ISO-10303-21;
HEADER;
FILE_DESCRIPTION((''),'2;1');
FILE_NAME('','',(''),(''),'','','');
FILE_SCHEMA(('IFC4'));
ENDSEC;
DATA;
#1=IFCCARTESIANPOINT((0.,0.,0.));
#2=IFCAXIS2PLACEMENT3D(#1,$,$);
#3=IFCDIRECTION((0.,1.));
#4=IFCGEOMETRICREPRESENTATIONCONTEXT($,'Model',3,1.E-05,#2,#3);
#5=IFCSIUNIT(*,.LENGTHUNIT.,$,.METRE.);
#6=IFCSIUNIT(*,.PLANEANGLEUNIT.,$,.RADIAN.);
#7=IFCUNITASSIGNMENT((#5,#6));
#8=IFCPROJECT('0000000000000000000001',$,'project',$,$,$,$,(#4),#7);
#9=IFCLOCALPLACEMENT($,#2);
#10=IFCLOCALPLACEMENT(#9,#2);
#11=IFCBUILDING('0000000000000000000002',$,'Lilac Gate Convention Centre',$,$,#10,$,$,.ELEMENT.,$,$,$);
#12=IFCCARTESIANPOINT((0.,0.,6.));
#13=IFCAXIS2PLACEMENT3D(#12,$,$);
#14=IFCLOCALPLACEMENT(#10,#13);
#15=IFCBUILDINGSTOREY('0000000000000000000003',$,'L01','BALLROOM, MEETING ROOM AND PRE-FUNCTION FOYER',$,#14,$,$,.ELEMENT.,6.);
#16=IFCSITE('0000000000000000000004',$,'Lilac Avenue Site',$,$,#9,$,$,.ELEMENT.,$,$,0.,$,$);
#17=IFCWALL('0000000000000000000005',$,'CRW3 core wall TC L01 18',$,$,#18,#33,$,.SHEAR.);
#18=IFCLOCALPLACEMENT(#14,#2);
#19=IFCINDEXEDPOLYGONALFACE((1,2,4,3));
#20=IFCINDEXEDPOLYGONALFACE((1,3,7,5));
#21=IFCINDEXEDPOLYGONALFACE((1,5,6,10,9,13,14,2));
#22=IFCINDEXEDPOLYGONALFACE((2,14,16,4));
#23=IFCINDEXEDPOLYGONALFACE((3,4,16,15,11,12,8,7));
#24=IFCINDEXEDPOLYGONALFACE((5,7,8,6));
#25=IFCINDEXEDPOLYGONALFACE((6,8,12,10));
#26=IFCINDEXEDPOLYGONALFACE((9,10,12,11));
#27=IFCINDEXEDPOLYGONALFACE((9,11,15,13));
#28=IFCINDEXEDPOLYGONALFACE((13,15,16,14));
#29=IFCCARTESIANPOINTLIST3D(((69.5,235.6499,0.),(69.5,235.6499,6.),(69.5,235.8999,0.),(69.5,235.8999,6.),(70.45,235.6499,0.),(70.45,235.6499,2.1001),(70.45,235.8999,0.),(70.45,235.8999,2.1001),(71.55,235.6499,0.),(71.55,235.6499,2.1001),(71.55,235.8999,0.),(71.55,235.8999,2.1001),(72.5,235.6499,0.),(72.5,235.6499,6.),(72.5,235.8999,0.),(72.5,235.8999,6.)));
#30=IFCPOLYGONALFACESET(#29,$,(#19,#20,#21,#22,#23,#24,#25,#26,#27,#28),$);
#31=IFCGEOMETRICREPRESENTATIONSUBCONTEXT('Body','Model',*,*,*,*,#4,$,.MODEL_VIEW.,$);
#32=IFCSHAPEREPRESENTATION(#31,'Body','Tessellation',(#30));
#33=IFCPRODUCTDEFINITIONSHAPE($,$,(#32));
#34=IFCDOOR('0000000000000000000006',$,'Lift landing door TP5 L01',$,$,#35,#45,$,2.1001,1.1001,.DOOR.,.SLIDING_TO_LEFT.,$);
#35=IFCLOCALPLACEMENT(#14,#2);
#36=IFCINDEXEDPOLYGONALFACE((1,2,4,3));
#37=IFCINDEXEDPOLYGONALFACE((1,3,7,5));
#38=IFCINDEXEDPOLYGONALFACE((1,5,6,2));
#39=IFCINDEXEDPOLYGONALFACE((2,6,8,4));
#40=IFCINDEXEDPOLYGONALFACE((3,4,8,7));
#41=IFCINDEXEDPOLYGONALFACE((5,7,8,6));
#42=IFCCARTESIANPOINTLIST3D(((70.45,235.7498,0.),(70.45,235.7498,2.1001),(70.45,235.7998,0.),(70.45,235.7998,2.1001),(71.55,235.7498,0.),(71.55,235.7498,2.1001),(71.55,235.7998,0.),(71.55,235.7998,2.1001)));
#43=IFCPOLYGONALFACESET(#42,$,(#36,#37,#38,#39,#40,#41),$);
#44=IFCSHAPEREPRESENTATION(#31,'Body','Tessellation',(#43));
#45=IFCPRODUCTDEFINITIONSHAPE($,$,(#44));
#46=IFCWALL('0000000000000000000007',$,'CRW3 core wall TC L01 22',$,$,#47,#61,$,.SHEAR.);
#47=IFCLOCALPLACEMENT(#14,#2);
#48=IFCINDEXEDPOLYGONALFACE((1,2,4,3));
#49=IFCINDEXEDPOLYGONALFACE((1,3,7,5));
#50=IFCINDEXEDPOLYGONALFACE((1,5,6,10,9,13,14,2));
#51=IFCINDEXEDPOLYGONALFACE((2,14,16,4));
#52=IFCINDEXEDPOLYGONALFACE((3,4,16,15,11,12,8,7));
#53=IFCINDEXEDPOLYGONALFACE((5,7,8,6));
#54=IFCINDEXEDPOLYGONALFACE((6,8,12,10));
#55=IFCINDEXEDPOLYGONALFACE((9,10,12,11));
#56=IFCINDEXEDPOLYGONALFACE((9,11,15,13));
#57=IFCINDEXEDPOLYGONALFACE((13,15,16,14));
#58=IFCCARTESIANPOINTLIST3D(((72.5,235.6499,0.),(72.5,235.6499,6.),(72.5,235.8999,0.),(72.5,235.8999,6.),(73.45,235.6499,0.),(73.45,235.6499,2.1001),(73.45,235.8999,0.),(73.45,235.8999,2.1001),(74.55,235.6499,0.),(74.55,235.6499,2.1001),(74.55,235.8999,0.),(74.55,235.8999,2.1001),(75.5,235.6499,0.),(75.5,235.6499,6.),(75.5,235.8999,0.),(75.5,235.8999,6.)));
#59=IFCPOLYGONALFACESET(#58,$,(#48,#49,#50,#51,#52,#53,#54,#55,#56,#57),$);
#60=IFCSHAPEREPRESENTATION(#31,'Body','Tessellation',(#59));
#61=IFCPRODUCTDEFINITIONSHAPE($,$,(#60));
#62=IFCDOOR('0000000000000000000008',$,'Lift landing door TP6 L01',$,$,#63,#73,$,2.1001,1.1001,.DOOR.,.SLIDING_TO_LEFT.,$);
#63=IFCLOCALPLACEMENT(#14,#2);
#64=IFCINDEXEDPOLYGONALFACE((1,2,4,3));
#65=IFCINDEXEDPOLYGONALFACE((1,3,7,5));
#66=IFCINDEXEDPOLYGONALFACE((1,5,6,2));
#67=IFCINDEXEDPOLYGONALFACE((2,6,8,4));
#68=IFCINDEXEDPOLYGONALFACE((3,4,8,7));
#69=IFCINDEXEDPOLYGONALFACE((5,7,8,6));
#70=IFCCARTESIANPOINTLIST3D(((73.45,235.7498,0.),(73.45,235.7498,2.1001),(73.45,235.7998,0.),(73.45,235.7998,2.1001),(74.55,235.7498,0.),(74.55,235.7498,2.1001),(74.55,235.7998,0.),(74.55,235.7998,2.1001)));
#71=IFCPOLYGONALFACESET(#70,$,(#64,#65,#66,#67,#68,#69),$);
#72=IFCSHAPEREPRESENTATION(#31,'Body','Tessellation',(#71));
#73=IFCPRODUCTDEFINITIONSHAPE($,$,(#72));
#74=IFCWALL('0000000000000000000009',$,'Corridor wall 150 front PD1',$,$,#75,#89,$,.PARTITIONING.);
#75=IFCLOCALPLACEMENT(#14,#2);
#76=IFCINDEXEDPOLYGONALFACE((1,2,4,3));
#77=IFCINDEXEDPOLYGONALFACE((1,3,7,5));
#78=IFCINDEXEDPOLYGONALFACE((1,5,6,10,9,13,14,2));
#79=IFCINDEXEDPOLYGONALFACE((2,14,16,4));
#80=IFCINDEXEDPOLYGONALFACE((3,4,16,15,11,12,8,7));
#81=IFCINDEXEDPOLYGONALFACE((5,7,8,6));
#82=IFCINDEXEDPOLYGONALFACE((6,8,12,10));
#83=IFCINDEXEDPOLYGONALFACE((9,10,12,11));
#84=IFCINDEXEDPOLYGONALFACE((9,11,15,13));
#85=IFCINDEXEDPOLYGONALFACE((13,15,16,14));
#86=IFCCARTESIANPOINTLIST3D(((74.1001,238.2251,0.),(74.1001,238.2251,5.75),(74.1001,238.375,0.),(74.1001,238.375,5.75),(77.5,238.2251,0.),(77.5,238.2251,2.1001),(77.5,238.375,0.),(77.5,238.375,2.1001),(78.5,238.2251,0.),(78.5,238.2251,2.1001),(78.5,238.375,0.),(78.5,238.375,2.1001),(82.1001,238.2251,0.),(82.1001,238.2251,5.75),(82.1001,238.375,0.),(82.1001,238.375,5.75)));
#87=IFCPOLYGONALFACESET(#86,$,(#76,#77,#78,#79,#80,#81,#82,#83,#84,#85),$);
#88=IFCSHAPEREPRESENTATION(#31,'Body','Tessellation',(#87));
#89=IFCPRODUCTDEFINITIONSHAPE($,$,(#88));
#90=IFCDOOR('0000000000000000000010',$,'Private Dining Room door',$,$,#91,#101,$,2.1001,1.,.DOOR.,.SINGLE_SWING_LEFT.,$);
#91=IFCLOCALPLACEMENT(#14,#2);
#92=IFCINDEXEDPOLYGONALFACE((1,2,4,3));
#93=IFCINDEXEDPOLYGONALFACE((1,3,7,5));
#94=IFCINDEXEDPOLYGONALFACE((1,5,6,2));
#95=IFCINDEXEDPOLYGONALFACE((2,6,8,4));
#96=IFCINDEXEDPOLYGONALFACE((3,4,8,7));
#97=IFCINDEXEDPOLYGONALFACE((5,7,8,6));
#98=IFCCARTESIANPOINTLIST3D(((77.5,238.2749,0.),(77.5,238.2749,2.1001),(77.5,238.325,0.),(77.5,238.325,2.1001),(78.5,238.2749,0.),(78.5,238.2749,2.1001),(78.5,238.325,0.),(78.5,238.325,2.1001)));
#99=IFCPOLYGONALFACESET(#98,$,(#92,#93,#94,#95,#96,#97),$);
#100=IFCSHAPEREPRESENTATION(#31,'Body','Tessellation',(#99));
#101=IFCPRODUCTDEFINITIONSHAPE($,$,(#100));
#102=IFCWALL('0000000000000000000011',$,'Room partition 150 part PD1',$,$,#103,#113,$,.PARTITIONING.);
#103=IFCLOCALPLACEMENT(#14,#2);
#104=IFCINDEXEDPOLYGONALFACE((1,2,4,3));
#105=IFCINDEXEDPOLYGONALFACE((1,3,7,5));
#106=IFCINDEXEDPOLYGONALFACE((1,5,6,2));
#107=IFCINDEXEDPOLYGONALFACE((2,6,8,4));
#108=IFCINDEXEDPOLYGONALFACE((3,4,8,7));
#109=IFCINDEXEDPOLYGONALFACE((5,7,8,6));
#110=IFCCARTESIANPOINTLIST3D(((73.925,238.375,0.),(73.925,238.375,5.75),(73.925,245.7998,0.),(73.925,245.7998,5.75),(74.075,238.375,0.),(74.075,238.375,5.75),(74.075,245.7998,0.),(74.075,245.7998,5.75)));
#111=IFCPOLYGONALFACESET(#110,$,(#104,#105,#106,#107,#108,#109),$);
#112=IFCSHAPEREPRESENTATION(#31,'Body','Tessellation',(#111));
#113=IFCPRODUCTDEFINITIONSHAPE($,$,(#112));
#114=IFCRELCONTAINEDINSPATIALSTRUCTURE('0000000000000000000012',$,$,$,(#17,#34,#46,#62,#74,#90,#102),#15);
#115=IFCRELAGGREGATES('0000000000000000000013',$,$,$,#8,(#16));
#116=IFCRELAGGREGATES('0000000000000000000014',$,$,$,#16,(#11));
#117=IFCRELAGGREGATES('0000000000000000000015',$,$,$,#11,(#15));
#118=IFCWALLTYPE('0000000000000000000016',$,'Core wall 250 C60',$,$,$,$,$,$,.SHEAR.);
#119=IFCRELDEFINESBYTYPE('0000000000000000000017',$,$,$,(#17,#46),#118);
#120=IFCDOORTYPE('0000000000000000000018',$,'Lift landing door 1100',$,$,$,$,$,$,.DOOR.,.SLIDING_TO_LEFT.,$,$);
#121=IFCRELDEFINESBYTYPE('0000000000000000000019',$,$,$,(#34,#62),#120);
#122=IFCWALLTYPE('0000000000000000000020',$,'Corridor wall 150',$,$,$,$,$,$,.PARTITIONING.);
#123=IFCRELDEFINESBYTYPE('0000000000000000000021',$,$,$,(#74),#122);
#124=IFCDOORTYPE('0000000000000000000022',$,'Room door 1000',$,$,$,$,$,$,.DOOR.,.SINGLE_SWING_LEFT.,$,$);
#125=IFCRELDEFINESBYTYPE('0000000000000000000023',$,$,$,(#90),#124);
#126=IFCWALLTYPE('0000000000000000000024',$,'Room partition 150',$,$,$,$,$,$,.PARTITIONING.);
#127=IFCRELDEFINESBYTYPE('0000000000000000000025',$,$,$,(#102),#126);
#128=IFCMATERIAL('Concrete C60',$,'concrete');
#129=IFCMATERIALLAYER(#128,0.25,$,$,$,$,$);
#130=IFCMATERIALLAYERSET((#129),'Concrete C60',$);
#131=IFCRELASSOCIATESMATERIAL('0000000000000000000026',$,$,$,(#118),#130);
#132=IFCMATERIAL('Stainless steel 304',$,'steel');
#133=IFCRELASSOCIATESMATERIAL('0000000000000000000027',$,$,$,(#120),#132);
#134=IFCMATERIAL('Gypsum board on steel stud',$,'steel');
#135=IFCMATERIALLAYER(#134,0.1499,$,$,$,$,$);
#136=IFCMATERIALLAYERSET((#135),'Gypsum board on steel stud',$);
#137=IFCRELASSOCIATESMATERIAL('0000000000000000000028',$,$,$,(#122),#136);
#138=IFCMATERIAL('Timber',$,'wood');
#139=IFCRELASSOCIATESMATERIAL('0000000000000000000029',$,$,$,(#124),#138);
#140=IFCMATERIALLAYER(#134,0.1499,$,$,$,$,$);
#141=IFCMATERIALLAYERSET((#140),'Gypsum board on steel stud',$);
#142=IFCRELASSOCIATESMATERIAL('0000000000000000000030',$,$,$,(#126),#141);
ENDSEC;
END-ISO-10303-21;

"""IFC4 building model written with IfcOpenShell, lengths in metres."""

from ifc_helpers import new_model, si_unit, direction, frame, frame_2d, origin, place, context, subcontext, project, spatial, rectangle, extrude, material, layer, layer_set, type_object, element, fill, save


model = new_model("IFC4")

# Units and contexts
model_context = context("Model", 3, precision=1e-05, world=origin(), true_north=direction((0.0, 1.0)))
body_context = subcontext(model_context, "Body", "Model", "MODEL_VIEW")
ifc_project = project(units=[si_unit("LENGTHUNIT", "METRE"), si_unit("PLANEANGLEUNIT", "RADIAN")], contexts=[model_context])

# Site, building, storey
site_placement = place(None, origin())
site = spatial("IfcSite", under=ifc_project, at=site_placement, Name="Lilac Avenue Site", CompositionType="ELEMENT", RefElevation=0.0)
building_placement = place(site_placement, origin())
building = spatial("IfcBuilding", under=site, at=building_placement, Name="Lilac Gate Convention Centre", CompositionType="ELEMENT")
storey_placement = place(building_placement, frame((0.0, 0.0, 6.0)))
storey = spatial("IfcBuildingStorey", under=building, at=storey_placement, Name="L01", Description="BALLROOM, MEETING ROOM AND PRE-FUNCTION FOYER", CompositionType="ELEMENT", Elevation=6.0)

# Walls, openings, doors
ifc_material_1 = material(Name="Concrete C60", Category="concrete")
ifc_layer_1 = layer(ifc_material_1, 0.25)
ifc_layer_set_1 = layer_set([ifc_layer_1], Name="Concrete C60")
wall_type_1 = type_object("IfcWallType", Name="Core wall 250 C60", PredefinedType="SHEAR", material=ifc_layer_set_1)
wall_1_placement = place(storey_placement, frame((69.5, 235.7749, 0.0), z_axis=(0.0, 0.0, 1.0), x_axis=(1.0, 0.0, 0.0)))
wall_1 = element("IfcWall", 1, at=wall_1_placement, inside=storey, type_object=wall_type_1, Name="CRW3 core wall TC L01 18", PredefinedType="SHEAR", context=body_context, shape_type="SweptSolid", body=[
    extrude(rectangle(XDim=3.0, YDim=0.25, at=frame_2d((1.5, 0.0))), origin(), (0.0, 0.0, 1.0), 6.0),
])
opening_1_placement = place(wall_1_placement, frame((0.95, 0.0, 0.0)))
opening_1 = element("IfcOpeningElement", 2, at=opening_1_placement, cuts=wall_1, PredefinedType="OPENING", context=body_context, shape_type="SweptSolid", body=[
    extrude(rectangle(XDim=1.1001, YDim=2.1001, at=frame_2d((0.55, 1.05))), frame((0.0, 0.135, 0.0), z_axis=(0.0, -1.0, 0.0), x_axis=(1.0, 0.0, 0.0)), (0.0, 0.0, 1.0), 0.27),
])
ifc_material_2 = material(Name="Stainless steel 304", Category="steel")
door_type_1 = type_object("IfcDoorType", Name="Lift landing door 1100", OperationType="SLIDING_TO_LEFT", PredefinedType="DOOR", material=ifc_material_2)
door_1_placement = place(opening_1_placement, origin())
door_1 = element("IfcDoor", 3, at=door_1_placement, inside=storey, type_object=door_type_1, Name="Lift landing door TP5 L01", OperationType="SLIDING_TO_LEFT", OverallHeight=2.1001, OverallWidth=1.1001, PredefinedType="DOOR", context=body_context, shape_type="SweptSolid", body=[
    extrude(rectangle(XDim=1.1001, YDim=2.1001, at=frame_2d((0.55, 1.05))), frame((0.0, 0.0249, 0.0), z_axis=(0.0, -1.0, 0.0), x_axis=(1.0, 0.0, 0.0)), (0.0, 0.0, 1.0), 0.05),
])
fill(opening_1, door_1)
wall_2_placement = place(storey_placement, frame((72.5, 235.7749, 0.0), z_axis=(0.0, 0.0, 1.0), x_axis=(1.0, 0.0, 0.0)))
wall_2 = element("IfcWall", 4, at=wall_2_placement, inside=storey, type_object=wall_type_1, Name="CRW3 core wall TC L01 22", PredefinedType="SHEAR", context=body_context, shape_type="SweptSolid", body=[
    extrude(rectangle(XDim=3.0, YDim=0.25, at=frame_2d((1.5, 0.0))), origin(), (0.0, 0.0, 1.0), 6.0),
])
opening_2_placement = place(wall_2_placement, frame((0.95, 0.0, 0.0)))
opening_2 = element("IfcOpeningElement", 5, at=opening_2_placement, cuts=wall_2, PredefinedType="OPENING", context=body_context, shape_type="SweptSolid", body=[
    extrude(rectangle(XDim=1.1001, YDim=2.1001, at=frame_2d((0.55, 1.05))), frame((0.0, 0.135, 0.0), z_axis=(0.0, -1.0, 0.0), x_axis=(1.0, 0.0, 0.0)), (0.0, 0.0, 1.0), 0.27),
])
door_2_placement = place(opening_2_placement, origin())
door_2 = element("IfcDoor", 6, at=door_2_placement, inside=storey, type_object=door_type_1, Name="Lift landing door TP6 L01", OperationType="SLIDING_TO_LEFT", OverallHeight=2.1001, OverallWidth=1.1001, PredefinedType="DOOR", context=body_context, shape_type="SweptSolid", body=[
    extrude(rectangle(XDim=1.1001, YDim=2.1001, at=frame_2d((0.55, 1.05))), frame((0.0, 0.0249, 0.0), z_axis=(0.0, -1.0, 0.0), x_axis=(1.0, 0.0, 0.0)), (0.0, 0.0, 1.0), 0.05),
])
fill(opening_2, door_2)
ifc_material_3 = material(Name="Gypsum board on steel stud", Category="steel")
ifc_layer_2 = layer(ifc_material_3, 0.1499)
ifc_layer_set_2 = layer_set([ifc_layer_2], Name="Gypsum board on steel stud")
wall_type_2 = type_object("IfcWallType", Name="Corridor wall 150", PredefinedType="PARTITIONING", material=ifc_layer_set_2)
wall_3_placement = place(storey_placement, frame((74.1001, 238.3, 0.0), z_axis=(0.0, 0.0, 1.0), x_axis=(1.0, 0.0, 0.0)))
wall_3 = element("IfcWall", 7, at=wall_3_placement, inside=storey, type_object=wall_type_2, Name="Corridor wall 150 front PD1", PredefinedType="PARTITIONING", context=body_context, shape_type="SweptSolid", body=[
    extrude(rectangle(XDim=8.0, YDim=0.1499, at=frame_2d((4.0, 0.0))), origin(), (0.0, 0.0, 1.0), 5.75),
])
opening_3_placement = place(wall_3_placement, frame((3.3999, 0.0, 0.0)))
opening_3 = element("IfcOpeningElement", 8, at=opening_3_placement, cuts=wall_3, PredefinedType="OPENING", context=body_context, shape_type="SweptSolid", body=[
    extrude(rectangle(XDim=1.0, YDim=2.1001, at=frame_2d((0.5, 1.05))), frame((0.0, 0.085, 0.0), z_axis=(0.0, -1.0, 0.0), x_axis=(1.0, 0.0, 0.0)), (0.0, 0.0, 1.0), 0.1699),
])
ifc_material_4 = material(Name="Timber", Category="wood")
door_type_2 = type_object("IfcDoorType", Name="Room door 1000", OperationType="SINGLE_SWING_LEFT", PredefinedType="DOOR", material=ifc_material_4)
door_3_placement = place(opening_3_placement, origin())
door_3 = element("IfcDoor", 9, at=door_3_placement, inside=storey, type_object=door_type_2, Name="Private Dining Room door", OperationType="SINGLE_SWING_LEFT", OverallHeight=2.1001, OverallWidth=1.0, PredefinedType="DOOR", context=body_context, shape_type="SweptSolid", body=[
    extrude(rectangle(XDim=1.0, YDim=2.1001, at=frame_2d((0.5, 1.05))), frame((0.0, 0.0249, 0.0), z_axis=(0.0, -1.0, 0.0), x_axis=(1.0, 0.0, 0.0)), (0.0, 0.0, 1.0), 0.05),
])
fill(opening_3, door_3)

# Wall
ifc_layer_3 = layer(ifc_material_3, 0.1499)
ifc_layer_set_3 = layer_set([ifc_layer_3], Name="Gypsum board on steel stud")
wall_type_3 = type_object("IfcWallType", Name="Room partition 150", PredefinedType="PARTITIONING", material=ifc_layer_set_3)
wall_4_placement = place(storey_placement, frame((74.0, 245.7998, 0.0), z_axis=(0.0, 0.0, 1.0), x_axis=(0.0, -1.0, 0.0)))
element("IfcWall", 10, at=wall_4_placement, inside=storey, type_object=wall_type_3, Name="Room partition 150 part PD1", PredefinedType="PARTITIONING", context=body_context, shape_type="SweptSolid", body=[
    extrude(rectangle(XDim=7.4248, YDim=0.1499, at=frame_2d((3.7124, 0.0))), origin(), (0.0, 0.0, 1.0), 5.75),
])

save(model, "model.ifc")
